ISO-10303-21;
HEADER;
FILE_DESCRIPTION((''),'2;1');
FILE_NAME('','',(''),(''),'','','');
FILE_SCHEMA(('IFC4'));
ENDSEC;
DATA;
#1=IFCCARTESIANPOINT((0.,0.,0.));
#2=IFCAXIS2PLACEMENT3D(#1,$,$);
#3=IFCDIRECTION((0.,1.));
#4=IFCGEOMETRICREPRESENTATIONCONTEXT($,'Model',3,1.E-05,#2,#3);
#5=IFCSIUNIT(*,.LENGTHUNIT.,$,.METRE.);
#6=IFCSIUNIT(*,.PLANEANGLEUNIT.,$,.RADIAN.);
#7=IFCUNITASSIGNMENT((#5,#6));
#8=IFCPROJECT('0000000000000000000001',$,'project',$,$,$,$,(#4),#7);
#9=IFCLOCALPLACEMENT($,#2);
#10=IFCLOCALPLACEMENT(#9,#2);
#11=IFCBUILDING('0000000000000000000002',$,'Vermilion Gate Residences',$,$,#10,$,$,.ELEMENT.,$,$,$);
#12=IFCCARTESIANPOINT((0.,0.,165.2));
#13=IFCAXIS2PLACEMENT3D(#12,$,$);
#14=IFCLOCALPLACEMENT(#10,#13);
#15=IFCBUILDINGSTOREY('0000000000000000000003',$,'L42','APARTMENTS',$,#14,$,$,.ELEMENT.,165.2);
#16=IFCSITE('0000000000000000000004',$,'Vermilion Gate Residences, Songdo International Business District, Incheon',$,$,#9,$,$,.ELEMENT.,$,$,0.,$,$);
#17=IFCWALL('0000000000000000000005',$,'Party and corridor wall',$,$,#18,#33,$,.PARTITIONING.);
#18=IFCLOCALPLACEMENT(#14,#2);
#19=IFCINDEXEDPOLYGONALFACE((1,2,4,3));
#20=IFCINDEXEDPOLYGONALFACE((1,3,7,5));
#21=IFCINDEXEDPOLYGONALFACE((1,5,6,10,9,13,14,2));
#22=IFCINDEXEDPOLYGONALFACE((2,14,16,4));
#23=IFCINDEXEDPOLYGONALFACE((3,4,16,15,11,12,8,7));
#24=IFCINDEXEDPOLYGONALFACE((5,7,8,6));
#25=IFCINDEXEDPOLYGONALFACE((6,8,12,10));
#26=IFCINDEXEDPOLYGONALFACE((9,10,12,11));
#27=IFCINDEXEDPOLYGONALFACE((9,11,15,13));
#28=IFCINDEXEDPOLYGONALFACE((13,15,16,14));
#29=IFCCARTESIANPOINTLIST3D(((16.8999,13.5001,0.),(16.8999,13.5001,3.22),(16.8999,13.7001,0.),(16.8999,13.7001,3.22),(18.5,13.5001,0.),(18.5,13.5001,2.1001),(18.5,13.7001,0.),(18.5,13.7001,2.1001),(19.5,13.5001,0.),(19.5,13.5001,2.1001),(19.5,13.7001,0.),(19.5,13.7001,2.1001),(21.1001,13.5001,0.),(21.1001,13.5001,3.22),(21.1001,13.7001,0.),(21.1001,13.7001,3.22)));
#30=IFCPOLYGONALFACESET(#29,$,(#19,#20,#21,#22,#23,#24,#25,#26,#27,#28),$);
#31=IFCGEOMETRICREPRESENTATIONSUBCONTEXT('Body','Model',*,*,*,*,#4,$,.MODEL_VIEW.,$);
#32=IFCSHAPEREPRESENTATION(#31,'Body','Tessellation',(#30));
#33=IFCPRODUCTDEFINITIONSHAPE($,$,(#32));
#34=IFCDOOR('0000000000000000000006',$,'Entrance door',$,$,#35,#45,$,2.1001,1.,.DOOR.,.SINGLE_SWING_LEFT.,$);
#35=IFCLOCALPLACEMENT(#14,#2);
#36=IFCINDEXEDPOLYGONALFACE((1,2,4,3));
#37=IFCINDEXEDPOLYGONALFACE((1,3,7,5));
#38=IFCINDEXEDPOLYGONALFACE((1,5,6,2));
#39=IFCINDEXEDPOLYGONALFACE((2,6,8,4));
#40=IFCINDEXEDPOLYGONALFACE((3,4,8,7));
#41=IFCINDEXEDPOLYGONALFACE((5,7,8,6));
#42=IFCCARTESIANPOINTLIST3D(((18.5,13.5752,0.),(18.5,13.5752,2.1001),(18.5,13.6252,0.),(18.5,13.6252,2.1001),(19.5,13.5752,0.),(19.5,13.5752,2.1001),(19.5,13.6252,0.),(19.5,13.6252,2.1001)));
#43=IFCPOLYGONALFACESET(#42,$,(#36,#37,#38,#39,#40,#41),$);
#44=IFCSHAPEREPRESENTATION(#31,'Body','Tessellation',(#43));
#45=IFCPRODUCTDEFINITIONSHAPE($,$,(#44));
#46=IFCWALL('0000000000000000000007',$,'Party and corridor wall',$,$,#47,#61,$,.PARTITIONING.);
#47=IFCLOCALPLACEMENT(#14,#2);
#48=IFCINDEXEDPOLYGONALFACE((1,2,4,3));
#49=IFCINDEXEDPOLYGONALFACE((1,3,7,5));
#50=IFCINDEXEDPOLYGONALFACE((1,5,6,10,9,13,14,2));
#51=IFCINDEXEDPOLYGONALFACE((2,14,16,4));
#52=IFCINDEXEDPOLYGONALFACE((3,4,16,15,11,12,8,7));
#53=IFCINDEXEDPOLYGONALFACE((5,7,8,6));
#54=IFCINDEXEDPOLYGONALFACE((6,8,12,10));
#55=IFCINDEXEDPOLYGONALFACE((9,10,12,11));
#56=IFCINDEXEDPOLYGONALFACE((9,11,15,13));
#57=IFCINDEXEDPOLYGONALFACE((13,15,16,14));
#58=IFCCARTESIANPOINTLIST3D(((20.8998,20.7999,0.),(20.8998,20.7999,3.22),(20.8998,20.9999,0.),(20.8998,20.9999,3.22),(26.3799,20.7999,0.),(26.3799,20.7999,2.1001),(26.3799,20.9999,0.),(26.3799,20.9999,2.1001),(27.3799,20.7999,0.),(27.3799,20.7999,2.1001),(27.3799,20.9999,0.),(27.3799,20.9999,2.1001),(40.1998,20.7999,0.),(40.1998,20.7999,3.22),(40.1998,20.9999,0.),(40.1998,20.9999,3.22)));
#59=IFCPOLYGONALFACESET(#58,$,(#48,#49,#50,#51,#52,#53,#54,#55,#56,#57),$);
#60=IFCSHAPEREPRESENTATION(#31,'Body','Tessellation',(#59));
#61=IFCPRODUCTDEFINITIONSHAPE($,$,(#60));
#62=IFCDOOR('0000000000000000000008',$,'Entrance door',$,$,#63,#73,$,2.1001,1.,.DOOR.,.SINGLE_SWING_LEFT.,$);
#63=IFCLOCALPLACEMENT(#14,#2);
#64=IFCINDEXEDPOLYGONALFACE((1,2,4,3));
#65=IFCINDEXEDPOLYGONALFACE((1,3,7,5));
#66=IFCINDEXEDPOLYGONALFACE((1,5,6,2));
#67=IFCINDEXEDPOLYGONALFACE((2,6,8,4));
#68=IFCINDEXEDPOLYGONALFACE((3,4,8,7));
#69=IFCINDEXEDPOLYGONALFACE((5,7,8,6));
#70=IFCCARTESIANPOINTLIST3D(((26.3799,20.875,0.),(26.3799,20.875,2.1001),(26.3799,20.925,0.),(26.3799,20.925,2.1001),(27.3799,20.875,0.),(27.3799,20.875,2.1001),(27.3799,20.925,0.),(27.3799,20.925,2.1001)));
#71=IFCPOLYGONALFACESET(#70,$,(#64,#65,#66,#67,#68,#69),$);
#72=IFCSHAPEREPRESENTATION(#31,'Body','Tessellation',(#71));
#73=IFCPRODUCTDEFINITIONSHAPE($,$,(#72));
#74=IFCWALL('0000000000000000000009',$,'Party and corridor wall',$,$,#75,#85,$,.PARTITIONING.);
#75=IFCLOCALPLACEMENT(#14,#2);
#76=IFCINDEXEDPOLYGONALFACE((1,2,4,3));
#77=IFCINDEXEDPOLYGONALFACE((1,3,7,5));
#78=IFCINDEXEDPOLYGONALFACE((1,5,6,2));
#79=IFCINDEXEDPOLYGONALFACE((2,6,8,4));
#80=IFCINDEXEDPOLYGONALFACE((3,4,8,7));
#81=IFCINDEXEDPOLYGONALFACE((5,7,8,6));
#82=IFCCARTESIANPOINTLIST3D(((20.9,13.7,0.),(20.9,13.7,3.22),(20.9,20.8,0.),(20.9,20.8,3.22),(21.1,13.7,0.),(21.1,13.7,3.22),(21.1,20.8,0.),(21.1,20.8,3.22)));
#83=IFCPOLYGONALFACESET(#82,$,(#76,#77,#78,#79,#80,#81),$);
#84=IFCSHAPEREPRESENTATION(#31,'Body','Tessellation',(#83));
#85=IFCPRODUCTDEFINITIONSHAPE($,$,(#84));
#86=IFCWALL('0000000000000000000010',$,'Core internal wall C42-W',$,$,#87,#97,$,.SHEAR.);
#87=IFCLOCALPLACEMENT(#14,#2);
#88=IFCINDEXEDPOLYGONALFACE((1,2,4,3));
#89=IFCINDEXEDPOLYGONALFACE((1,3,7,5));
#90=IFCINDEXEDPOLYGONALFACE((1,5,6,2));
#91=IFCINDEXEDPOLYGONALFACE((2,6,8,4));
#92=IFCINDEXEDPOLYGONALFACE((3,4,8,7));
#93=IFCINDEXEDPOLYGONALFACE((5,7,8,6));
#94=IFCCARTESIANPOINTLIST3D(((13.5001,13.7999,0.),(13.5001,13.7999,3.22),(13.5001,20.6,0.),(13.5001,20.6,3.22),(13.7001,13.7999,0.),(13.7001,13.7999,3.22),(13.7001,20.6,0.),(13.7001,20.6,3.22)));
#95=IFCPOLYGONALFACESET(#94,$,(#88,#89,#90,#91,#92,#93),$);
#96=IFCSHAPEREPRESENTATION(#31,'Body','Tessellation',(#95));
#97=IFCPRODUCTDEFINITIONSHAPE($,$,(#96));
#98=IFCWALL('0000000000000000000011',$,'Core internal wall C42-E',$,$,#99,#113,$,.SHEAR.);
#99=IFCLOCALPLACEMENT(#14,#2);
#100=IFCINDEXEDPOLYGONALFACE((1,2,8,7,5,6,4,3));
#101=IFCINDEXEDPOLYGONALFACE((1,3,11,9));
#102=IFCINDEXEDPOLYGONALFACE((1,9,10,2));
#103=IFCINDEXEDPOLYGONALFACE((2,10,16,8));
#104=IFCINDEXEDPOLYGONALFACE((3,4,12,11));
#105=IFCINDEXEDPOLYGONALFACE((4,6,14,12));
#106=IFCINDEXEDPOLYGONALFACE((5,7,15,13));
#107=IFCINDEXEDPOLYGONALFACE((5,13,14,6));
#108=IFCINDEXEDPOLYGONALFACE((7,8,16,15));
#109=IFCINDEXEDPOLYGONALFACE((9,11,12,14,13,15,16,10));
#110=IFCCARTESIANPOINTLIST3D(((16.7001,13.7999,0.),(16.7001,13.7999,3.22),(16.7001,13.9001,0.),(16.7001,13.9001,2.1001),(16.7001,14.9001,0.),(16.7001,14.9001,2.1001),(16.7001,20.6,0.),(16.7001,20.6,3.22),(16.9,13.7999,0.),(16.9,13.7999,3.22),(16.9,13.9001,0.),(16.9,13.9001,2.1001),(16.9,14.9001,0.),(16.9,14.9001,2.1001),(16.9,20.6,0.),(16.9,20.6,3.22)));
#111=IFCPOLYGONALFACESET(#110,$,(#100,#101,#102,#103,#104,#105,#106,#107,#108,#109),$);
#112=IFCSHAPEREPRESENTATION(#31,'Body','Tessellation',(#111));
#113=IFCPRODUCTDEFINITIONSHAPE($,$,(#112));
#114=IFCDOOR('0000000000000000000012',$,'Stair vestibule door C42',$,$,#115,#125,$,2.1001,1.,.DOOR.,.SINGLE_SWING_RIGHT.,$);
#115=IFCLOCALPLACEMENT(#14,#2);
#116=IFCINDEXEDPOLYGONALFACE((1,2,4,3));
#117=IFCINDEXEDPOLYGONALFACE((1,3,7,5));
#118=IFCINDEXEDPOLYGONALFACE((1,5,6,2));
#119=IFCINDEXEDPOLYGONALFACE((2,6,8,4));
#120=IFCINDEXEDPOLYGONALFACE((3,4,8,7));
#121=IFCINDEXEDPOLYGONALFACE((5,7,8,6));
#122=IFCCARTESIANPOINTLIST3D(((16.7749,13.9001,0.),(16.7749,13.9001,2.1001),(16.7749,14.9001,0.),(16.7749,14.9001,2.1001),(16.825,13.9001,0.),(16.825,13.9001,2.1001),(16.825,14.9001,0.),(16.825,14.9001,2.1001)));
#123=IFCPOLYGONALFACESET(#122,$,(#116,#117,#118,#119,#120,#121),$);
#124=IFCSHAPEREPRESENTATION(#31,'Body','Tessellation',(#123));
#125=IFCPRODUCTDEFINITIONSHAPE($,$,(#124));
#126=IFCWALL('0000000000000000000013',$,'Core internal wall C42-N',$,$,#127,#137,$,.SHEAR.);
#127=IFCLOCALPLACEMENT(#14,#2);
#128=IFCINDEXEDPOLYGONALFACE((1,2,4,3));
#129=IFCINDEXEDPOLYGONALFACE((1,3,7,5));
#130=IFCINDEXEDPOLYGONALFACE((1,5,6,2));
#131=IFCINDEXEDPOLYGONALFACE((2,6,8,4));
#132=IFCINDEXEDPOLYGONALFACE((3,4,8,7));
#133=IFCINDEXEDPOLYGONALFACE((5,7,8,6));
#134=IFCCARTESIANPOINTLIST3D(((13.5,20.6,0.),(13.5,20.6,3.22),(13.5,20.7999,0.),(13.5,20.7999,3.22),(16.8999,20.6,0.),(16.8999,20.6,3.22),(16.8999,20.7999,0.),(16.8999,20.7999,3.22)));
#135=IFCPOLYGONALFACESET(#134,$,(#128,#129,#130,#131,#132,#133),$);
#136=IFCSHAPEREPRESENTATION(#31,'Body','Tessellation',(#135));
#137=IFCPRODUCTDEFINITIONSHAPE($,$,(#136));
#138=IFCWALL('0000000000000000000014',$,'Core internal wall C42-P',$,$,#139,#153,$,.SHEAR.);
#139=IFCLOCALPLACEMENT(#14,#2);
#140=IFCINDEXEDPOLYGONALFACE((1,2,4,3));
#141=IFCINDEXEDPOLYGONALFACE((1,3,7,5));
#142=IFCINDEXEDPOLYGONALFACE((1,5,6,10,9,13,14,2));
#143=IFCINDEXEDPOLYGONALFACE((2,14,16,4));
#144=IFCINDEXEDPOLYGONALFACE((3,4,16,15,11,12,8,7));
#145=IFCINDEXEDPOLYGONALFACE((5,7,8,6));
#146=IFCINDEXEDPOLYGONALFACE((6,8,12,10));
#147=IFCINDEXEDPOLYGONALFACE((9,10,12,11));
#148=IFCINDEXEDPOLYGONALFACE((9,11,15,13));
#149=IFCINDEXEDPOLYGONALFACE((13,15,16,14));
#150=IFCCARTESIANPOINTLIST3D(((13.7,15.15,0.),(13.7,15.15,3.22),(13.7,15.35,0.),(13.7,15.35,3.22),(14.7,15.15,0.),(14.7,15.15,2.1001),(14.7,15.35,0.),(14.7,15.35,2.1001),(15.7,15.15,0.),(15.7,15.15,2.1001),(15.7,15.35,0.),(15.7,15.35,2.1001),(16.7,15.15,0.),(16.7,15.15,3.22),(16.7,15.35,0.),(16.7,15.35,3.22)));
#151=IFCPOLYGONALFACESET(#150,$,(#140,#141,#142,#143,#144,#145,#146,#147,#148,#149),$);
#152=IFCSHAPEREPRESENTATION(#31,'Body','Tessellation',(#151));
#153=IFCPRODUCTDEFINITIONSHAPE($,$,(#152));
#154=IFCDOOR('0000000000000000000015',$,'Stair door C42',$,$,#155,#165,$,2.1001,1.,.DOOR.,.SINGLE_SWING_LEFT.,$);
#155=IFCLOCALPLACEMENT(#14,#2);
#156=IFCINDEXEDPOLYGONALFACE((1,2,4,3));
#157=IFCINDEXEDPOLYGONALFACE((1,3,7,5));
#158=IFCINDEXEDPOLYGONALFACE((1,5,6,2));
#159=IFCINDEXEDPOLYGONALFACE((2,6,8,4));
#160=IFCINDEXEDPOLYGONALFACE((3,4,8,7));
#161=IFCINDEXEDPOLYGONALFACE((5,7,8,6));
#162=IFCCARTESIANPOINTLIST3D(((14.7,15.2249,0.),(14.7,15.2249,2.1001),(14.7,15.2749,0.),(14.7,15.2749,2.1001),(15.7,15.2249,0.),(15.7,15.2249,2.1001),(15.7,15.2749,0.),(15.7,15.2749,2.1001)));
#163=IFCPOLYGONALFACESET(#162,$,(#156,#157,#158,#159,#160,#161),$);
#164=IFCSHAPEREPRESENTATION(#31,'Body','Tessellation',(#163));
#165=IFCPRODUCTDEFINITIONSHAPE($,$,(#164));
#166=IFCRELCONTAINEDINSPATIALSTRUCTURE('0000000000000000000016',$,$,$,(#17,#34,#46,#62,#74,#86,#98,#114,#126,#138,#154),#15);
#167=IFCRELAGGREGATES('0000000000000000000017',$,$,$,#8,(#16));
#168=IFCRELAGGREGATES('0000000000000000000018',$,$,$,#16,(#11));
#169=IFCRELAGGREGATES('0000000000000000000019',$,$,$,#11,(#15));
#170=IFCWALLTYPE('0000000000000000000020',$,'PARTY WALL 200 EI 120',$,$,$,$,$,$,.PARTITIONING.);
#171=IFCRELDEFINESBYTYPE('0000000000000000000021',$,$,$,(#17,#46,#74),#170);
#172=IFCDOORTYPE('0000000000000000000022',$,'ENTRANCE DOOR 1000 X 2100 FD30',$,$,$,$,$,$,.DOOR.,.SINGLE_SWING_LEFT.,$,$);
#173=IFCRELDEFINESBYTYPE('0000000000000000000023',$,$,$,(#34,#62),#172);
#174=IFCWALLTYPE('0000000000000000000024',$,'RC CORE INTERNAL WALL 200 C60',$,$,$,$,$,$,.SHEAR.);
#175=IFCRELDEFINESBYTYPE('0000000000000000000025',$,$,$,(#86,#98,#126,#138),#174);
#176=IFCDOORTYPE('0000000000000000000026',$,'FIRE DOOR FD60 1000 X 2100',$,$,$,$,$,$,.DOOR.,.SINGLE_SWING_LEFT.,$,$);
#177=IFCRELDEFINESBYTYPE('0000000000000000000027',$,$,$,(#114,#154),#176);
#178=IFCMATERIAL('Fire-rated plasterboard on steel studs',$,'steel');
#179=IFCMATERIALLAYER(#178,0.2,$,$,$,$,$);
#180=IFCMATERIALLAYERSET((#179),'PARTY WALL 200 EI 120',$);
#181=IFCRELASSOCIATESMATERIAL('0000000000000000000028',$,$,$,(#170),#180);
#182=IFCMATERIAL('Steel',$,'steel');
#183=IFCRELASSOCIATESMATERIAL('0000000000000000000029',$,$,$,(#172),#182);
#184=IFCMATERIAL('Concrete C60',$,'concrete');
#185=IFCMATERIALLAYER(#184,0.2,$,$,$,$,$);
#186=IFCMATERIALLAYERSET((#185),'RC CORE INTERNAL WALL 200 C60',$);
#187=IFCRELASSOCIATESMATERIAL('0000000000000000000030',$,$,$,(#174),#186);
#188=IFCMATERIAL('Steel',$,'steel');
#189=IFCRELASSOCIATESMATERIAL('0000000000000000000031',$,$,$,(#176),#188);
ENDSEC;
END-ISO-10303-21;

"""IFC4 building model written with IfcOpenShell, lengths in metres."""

from ifc_helpers import new_model, si_unit, direction, frame, frame_2d, origin, place, context, subcontext, project, spatial, rectangle, extrude, material, layer, layer_set, type_object, element, fill, save


model = new_model("IFC4")

# Units and contexts
model_context = context("Model", 3, precision=1e-05, world=origin(), true_north=direction((0.0, 1.0)))
body_context = subcontext(model_context, "Body", "Model", "MODEL_VIEW")
ifc_project = project(units=[si_unit("LENGTHUNIT", "METRE"), si_unit("PLANEANGLEUNIT", "RADIAN")], contexts=[model_context])

# Site, building, storey
site_placement = place(None, origin())
site = spatial("IfcSite", under=ifc_project, at=site_placement, Name="Vermilion Gate Residences, Songdo International Business District, Incheon", CompositionType="ELEMENT", RefElevation=0.0)
building_placement = place(site_placement, origin())
building = spatial("IfcBuilding", under=site, at=building_placement, Name="Vermilion Gate Residences", CompositionType="ELEMENT")
storey_placement = place(building_placement, frame((0.0, 0.0, 165.2)))
storey = spatial("IfcBuildingStorey", under=building, at=storey_placement, Name="L42", Description="APARTMENTS", CompositionType="ELEMENT", Elevation=165.2)

# Walls, openings, doors
ifc_material_1 = material(Name="Fire-rated plasterboard on steel studs", Category="steel")
ifc_layer_1 = layer(ifc_material_1, 0.2)
ifc_layer_set_1 = layer_set([ifc_layer_1], Name="PARTY WALL 200 EI 120")
wall_type_1 = type_object("IfcWallType", Name="PARTY WALL 200 EI 120", PredefinedType="PARTITIONING", material=ifc_layer_set_1)
wall_1_placement = place(storey_placement, frame((16.8999, 13.6001, 0.0), z_axis=(0.0, 0.0, 1.0), x_axis=(1.0, 0.0, 0.0)))
wall_1 = element("IfcWall", 1, at=wall_1_placement, inside=storey, type_object=wall_type_1, Name="Party and corridor wall", PredefinedType="PARTITIONING", context=body_context, shape_type="SweptSolid", body=[
    extrude(rectangle(XDim=4.2002, YDim=0.2, at=frame_2d((2.1001, 0.0))), origin(), (0.0, 0.0, 1.0), 3.22),
])
opening_1_placement = place(wall_1_placement, frame((1.6001, 0.0, 0.0)))
opening_1 = element("IfcOpeningElement", 2, at=opening_1_placement, cuts=wall_1, PredefinedType="OPENING", context=body_context, shape_type="SweptSolid", body=[
    extrude(rectangle(XDim=1.0, YDim=2.1001, at=frame_2d((0.5, 1.05))), frame((0.0, 0.1099, 0.0), z_axis=(0.0, -1.0, 0.0), x_axis=(1.0, 0.0, 0.0)), (0.0, 0.0, 1.0), 0.22),
])
ifc_material_2 = material(Name="Steel", Category="steel")
door_type_1 = type_object("IfcDoorType", Name="ENTRANCE DOOR 1000 X 2100 FD30", OperationType="SINGLE_SWING_LEFT", PredefinedType="DOOR", material=ifc_material_2)
door_1_placement = place(opening_1_placement, frame((1.0, 0.0, 0.0), z_axis=(0.0, 0.0, 1.0), x_axis=(-1.0, 0.0, 0.0)))
door_1 = element("IfcDoor", 3, at=door_1_placement, inside=storey, type_object=door_type_1, Name="Entrance door", OperationType="SINGLE_SWING_LEFT", OverallHeight=2.1001, OverallWidth=1.0, PredefinedType="DOOR", context=body_context, shape_type="SweptSolid", body=[
    extrude(rectangle(XDim=1.0, YDim=2.1001, at=frame_2d((0.5, 1.05))), frame((0.0, 0.0249, 0.0), z_axis=(0.0, -1.0, 0.0), x_axis=(1.0, 0.0, 0.0)), (0.0, 0.0, 1.0), 0.05),
])
fill(opening_1, door_1)
wall_2_placement = place(storey_placement, frame((20.8999, 20.8999, 0.0), z_axis=(0.0, 0.0, 1.0), x_axis=(1.0, 0.0, 0.0)))
wall_2 = element("IfcWall", 4, at=wall_2_placement, inside=storey, type_object=wall_type_1, Name="Party and corridor wall", PredefinedType="PARTITIONING", context=body_context, shape_type="SweptSolid", body=[
    extrude(rectangle(XDim=19.3, YDim=0.2, at=frame_2d((9.6499, 0.0))), origin(), (0.0, 0.0, 1.0), 3.22),
])
opening_2_placement = place(wall_2_placement, frame((5.48, 0.0, 0.0)))
opening_2 = element("IfcOpeningElement", 5, at=opening_2_placement, cuts=wall_2, PredefinedType="OPENING", context=body_context, shape_type="SweptSolid", body=[
    extrude(rectangle(XDim=1.0, YDim=2.1001, at=frame_2d((0.5, 1.05))), frame((0.0, 0.1099, 0.0), z_axis=(0.0, -1.0, 0.0), x_axis=(1.0, 0.0, 0.0)), (0.0, 0.0, 1.0), 0.22),
])
door_2_placement = place(opening_2_placement, frame((1.0, 0.0, 0.0), z_axis=(0.0, 0.0, 1.0), x_axis=(-1.0, 0.0, 0.0)))
door_2 = element("IfcDoor", 6, at=door_2_placement, inside=storey, type_object=door_type_1, Name="Entrance door", OperationType="SINGLE_SWING_LEFT", OverallHeight=2.1001, OverallWidth=1.0, PredefinedType="DOOR", context=body_context, shape_type="SweptSolid", body=[
    extrude(rectangle(XDim=1.0, YDim=2.1001, at=frame_2d((0.5, 1.05))), frame((0.0, 0.0249, 0.0), z_axis=(0.0, -1.0, 0.0), x_axis=(1.0, 0.0, 0.0)), (0.0, 0.0, 1.0), 0.05),
])
fill(opening_2, door_2)

# Walls
wall_3_placement = place(storey_placement, frame((21.0, 13.7, 0.0), z_axis=(0.0, 0.0, 1.0), x_axis=(0.0, 1.0, 0.0)))
element("IfcWall", 7, at=wall_3_placement, inside=storey, type_object=wall_type_1, Name="Party and corridor wall", PredefinedType="PARTITIONING", context=body_context, shape_type="SweptSolid", body=[
    extrude(rectangle(XDim=7.1001, YDim=0.2, at=frame_2d((3.55, 0.0))), origin(), (0.0, 0.0, 1.0), 3.22),
])
ifc_material_3 = material(Name="Concrete C60", Category="concrete")
ifc_layer_2 = layer(ifc_material_3, 0.2)
ifc_layer_set_2 = layer_set([ifc_layer_2], Name="RC CORE INTERNAL WALL 200 C60")
wall_type_2 = type_object("IfcWallType", Name="RC CORE INTERNAL WALL 200 C60", PredefinedType="SHEAR", material=ifc_layer_set_2)
wall_4_placement = place(storey_placement, frame((13.6001, 13.8, 0.0), z_axis=(0.0, 0.0, 1.0), x_axis=(0.0, 1.0, 0.0)))
element("IfcWall", 8, at=wall_4_placement, inside=storey, type_object=wall_type_2, Name="Core internal wall C42-W", PredefinedType="SHEAR", context=body_context, shape_type="SweptSolid", body=[
    extrude(rectangle(XDim=6.8, YDim=0.2, at=frame_2d((3.3999, 0.0))), origin(), (0.0, 0.0, 1.0), 3.22),
])

# Wall, opening, door
wall_5_placement = place(storey_placement, frame((16.8, 13.8, 0.0), z_axis=(0.0, 0.0, 1.0), x_axis=(0.0, 1.0, 0.0)))
wall_5 = element("IfcWall", 9, at=wall_5_placement, inside=storey, type_object=wall_type_2, Name="Core internal wall C42-E", PredefinedType="SHEAR", context=body_context, shape_type="SweptSolid", body=[
    extrude(rectangle(XDim=6.8, YDim=0.2, at=frame_2d((3.3999, 0.0))), origin(), (0.0, 0.0, 1.0), 3.22),
])
opening_3_placement = place(wall_5_placement, frame((0.1001, 0.0, 0.0)))
opening_3 = element("IfcOpeningElement", 10, at=opening_3_placement, cuts=wall_5, PredefinedType="OPENING", context=body_context, shape_type="SweptSolid", body=[
    extrude(rectangle(XDim=1.0, YDim=2.1001, at=frame_2d((0.5, 1.05))), frame((0.0, 0.1099, 0.0), z_axis=(0.0, -1.0, 0.0), x_axis=(1.0, 0.0, 0.0)), (0.0, 0.0, 1.0), 0.22),
])
ifc_material_4 = material(Name="Steel", Category="steel")
door_type_2 = type_object("IfcDoorType", Name="FIRE DOOR FD60 1000 X 2100", OperationType="SINGLE_SWING_LEFT", PredefinedType="DOOR", material=ifc_material_4)
door_3_placement = place(opening_3_placement, frame((1.0, 0.0, 0.0), z_axis=(0.0, 0.0, 1.0), x_axis=(-1.0, 0.0, 0.0)))
door_3 = element("IfcDoor", 11, at=door_3_placement, inside=storey, type_object=door_type_2, Name="Stair vestibule door C42", OperationType="SINGLE_SWING_RIGHT", OverallHeight=2.1001, OverallWidth=1.0, PredefinedType="DOOR", context=body_context, shape_type="SweptSolid", body=[
    extrude(rectangle(XDim=1.0, YDim=2.1001, at=frame_2d((0.5, 1.05))), frame((0.0, 0.0249, 0.0), z_axis=(0.0, -1.0, 0.0), x_axis=(1.0, 0.0, 0.0)), (0.0, 0.0, 1.0), 0.05),
])
fill(opening_3, door_3)

# Wall
wall_6_placement = place(storey_placement, frame((13.5, 20.7, 0.0), z_axis=(0.0, 0.0, 1.0), x_axis=(1.0, 0.0, 0.0)))
element("IfcWall", 12, at=wall_6_placement, inside=storey, type_object=wall_type_2, Name="Core internal wall C42-N", PredefinedType="SHEAR", context=body_context, shape_type="SweptSolid", body=[
    extrude(rectangle(XDim=3.3999, YDim=0.2, at=frame_2d((1.7, 0.0))), origin(), (0.0, 0.0, 1.0), 3.22),
])

# Wall, opening, door
wall_7_placement = place(storey_placement, frame((13.7, 15.25, 0.0), z_axis=(0.0, 0.0, 1.0), x_axis=(1.0, 0.0, 0.0)))
wall_7 = element("IfcWall", 13, at=wall_7_placement, inside=storey, type_object=wall_type_2, Name="Core internal wall C42-P", PredefinedType="SHEAR", context=body_context, shape_type="SweptSolid", body=[
    extrude(rectangle(XDim=3.0, YDim=0.2, at=frame_2d((1.5, 0.0))), origin(), (0.0, 0.0, 1.0), 3.22),
])
opening_4_placement = place(wall_7_placement, frame((1.0, 0.0, 0.0)))
opening_4 = element("IfcOpeningElement", 14, at=opening_4_placement, cuts=wall_7, PredefinedType="OPENING", context=body_context, shape_type="SweptSolid", body=[
    extrude(rectangle(XDim=1.0, YDim=2.1001, at=frame_2d((0.5, 1.05))), frame((0.0, 0.1099, 0.0), z_axis=(0.0, -1.0, 0.0), x_axis=(1.0, 0.0, 0.0)), (0.0, 0.0, 1.0), 0.22),
])
door_4_placement = place(opening_4_placement, origin())
door_4 = element("IfcDoor", 15, at=door_4_placement, inside=storey, type_object=door_type_2, Name="Stair door C42", OperationType="SINGLE_SWING_LEFT", OverallHeight=2.1001, OverallWidth=1.0, PredefinedType="DOOR", context=body_context, shape_type="SweptSolid", body=[
    extrude(rectangle(XDim=1.0, YDim=2.1001, at=frame_2d((0.5, 1.05))), frame((0.0, 0.0249, 0.0), z_axis=(0.0, -1.0, 0.0), x_axis=(1.0, 0.0, 0.0)), (0.0, 0.0, 1.0), 0.05),
])
fill(opening_4, door_4)

save(model, "model.ifc")
